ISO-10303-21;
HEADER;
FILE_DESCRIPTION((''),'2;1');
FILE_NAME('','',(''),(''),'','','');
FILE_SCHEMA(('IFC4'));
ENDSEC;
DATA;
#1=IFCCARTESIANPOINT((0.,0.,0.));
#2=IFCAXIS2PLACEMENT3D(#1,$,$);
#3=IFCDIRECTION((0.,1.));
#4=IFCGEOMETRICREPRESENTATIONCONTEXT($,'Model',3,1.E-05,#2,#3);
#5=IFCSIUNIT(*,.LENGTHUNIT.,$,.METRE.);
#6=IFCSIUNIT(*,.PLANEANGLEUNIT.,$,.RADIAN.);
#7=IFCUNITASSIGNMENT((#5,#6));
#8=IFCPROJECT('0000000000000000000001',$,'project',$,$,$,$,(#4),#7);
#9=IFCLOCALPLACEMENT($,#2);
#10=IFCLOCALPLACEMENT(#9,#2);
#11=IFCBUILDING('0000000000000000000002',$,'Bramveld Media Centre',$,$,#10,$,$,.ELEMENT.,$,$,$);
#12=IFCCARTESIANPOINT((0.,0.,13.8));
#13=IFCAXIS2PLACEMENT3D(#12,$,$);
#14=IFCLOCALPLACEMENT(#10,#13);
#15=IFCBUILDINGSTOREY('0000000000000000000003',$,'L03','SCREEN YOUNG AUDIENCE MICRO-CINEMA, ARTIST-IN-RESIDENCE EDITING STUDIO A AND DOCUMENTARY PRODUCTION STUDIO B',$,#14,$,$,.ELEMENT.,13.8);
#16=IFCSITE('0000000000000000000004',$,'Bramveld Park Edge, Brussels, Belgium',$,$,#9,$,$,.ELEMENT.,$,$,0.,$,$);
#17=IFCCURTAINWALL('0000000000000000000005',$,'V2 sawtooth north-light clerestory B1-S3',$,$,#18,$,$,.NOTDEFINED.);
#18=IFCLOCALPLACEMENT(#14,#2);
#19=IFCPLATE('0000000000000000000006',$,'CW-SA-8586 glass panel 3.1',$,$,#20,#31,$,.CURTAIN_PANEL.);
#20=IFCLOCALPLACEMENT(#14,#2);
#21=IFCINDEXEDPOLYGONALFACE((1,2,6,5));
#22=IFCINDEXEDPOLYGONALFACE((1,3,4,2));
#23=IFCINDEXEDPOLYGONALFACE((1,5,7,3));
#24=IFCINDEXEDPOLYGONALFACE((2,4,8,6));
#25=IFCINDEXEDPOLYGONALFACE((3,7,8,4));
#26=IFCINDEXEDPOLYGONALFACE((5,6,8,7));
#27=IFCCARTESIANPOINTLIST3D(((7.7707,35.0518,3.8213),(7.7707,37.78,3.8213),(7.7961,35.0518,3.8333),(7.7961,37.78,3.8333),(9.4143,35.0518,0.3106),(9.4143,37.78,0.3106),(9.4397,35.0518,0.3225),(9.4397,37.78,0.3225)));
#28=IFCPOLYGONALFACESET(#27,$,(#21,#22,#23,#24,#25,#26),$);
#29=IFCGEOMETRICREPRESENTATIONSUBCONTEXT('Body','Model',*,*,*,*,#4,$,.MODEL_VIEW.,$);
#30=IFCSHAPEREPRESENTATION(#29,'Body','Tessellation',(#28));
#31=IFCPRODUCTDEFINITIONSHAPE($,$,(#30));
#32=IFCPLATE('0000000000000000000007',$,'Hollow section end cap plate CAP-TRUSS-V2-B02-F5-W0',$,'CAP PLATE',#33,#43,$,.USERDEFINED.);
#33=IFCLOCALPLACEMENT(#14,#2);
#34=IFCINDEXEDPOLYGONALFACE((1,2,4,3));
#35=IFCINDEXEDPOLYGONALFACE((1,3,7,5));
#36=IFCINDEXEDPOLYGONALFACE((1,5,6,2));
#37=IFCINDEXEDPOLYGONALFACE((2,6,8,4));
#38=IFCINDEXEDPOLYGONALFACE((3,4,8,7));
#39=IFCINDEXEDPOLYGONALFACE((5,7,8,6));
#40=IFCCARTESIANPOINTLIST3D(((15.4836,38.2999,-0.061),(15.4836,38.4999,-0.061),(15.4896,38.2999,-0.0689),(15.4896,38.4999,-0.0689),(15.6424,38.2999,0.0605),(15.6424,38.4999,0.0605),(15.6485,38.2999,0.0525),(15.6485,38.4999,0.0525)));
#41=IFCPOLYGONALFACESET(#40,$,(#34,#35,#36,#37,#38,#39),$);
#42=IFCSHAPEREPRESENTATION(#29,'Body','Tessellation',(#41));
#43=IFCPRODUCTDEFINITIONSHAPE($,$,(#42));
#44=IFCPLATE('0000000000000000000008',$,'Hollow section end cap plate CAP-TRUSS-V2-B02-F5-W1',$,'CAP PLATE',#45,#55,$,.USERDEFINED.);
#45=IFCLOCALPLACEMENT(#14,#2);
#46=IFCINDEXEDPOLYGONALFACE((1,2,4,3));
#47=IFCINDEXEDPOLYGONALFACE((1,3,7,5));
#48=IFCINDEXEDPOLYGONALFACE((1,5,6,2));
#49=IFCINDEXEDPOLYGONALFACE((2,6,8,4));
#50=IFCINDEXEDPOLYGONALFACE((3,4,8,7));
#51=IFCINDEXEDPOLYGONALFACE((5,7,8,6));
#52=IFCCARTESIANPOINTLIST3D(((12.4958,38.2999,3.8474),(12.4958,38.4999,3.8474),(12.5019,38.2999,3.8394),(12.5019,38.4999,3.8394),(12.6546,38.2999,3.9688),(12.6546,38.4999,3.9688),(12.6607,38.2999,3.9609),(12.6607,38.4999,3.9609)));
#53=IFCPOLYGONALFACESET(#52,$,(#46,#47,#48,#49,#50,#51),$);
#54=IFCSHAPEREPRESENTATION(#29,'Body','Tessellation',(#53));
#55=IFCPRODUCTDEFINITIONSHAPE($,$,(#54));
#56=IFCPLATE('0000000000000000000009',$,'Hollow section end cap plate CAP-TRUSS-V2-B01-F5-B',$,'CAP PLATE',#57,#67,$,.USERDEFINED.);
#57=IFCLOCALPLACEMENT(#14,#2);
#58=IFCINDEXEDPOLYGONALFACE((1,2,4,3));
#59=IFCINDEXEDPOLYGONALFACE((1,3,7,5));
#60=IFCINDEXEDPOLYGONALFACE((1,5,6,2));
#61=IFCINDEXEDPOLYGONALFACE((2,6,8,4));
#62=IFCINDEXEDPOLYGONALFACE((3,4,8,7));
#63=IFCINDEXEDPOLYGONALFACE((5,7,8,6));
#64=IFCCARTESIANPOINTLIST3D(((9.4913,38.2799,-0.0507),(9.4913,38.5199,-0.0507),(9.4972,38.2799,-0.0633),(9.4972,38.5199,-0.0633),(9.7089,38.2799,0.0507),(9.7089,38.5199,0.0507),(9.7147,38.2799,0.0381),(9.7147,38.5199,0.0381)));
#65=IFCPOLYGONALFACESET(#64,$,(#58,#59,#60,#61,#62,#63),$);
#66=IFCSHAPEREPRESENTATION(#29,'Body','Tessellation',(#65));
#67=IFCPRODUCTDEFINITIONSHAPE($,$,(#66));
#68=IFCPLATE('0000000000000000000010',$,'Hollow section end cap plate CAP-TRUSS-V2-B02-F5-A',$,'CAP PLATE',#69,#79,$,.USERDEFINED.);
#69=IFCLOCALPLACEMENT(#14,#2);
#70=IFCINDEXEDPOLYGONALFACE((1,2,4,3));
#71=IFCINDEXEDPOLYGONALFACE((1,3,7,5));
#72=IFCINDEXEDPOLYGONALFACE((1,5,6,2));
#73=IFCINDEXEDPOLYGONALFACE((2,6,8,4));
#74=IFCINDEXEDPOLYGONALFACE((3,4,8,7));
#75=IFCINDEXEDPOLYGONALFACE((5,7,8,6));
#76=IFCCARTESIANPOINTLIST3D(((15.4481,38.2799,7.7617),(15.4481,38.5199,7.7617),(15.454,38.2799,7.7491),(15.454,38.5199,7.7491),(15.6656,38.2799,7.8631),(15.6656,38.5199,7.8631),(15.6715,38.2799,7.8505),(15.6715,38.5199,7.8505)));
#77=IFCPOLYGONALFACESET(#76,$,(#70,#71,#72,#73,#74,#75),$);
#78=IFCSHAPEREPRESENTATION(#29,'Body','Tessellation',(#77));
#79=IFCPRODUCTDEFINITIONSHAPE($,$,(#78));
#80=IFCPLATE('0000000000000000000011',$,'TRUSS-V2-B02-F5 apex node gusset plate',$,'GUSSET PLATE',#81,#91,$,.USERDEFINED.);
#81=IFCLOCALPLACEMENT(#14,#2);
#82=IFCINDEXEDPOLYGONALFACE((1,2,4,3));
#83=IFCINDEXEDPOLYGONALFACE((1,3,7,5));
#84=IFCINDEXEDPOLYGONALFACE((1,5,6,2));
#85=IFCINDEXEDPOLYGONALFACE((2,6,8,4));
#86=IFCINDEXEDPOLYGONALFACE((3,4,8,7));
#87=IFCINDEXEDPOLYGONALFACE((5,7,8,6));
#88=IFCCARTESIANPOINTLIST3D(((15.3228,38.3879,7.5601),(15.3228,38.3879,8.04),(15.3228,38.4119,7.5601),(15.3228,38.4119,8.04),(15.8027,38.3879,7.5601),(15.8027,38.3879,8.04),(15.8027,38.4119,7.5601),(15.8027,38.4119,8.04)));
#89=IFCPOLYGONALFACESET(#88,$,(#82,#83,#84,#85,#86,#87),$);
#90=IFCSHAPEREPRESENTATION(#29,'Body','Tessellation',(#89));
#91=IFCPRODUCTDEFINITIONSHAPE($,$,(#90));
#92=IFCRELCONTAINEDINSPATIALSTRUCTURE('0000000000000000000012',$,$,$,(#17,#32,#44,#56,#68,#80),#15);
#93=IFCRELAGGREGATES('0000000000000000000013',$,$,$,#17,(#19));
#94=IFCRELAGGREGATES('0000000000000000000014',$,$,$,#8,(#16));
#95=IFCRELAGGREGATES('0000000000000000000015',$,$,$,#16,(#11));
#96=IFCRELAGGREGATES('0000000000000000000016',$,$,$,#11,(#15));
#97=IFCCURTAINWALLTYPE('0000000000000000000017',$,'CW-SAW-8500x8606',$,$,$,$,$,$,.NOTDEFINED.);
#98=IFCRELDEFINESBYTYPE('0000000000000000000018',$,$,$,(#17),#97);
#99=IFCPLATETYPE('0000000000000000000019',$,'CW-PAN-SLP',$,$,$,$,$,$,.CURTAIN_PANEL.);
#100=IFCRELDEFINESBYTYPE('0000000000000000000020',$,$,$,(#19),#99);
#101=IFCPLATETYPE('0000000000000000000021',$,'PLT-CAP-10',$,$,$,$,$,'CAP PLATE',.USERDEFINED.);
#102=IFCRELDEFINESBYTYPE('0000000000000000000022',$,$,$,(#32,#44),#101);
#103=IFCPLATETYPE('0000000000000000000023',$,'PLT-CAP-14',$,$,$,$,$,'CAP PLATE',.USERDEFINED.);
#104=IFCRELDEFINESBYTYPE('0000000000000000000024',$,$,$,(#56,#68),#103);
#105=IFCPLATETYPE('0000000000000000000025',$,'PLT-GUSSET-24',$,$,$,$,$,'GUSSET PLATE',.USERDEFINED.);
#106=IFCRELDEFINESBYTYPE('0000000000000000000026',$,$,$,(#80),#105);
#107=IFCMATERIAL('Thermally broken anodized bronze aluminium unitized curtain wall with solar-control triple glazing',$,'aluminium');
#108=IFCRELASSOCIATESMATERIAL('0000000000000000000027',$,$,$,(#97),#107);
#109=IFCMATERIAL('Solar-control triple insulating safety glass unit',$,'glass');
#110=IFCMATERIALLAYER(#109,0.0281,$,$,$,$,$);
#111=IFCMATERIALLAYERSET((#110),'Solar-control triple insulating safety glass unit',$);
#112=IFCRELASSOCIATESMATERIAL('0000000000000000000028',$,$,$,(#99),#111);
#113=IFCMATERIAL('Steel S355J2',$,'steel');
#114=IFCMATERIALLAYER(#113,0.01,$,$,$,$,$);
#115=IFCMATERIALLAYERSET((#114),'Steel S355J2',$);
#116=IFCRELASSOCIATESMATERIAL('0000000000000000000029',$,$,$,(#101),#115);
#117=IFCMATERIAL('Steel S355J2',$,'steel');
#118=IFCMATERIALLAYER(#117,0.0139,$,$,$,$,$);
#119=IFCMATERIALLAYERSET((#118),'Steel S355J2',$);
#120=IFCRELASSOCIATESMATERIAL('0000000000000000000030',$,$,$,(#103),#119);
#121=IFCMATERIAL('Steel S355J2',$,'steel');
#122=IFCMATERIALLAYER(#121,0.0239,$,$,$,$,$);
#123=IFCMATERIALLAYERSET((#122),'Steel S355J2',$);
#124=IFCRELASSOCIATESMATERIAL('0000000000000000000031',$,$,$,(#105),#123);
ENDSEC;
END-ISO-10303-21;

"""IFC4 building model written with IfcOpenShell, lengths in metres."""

from ifc_helpers import new_model, si_unit, direction, frame, origin, origin_2d, place, context, subcontext, project, spatial, polyline, rectangle, outline, extrude, material, layer, layer_set, type_object, element, aggregate, save


model = new_model("IFC4")

# Units and contexts
model_context = context("Model", 3, precision=1e-05, world=origin(), true_north=direction((0.0, 1.0)))
body_context = subcontext(model_context, "Body", "Model", "MODEL_VIEW")
ifc_project = project(units=[si_unit("LENGTHUNIT", "METRE"), si_unit("PLANEANGLEUNIT", "RADIAN")], contexts=[model_context])

# Site, building, storey
site_placement = place(None, origin())
site = spatial("IfcSite", under=ifc_project, at=site_placement, Name="Bramveld Park Edge, Brussels, Belgium", CompositionType="ELEMENT", RefElevation=0.0)
building_placement = place(site_placement, origin())
building = spatial("IfcBuilding", under=site, at=building_placement, Name="Bramveld Media Centre", CompositionType="ELEMENT")
storey_placement = place(building_placement, frame((0.0, 0.0, 13.8)))
storey = spatial("IfcBuildingStorey", under=building, at=storey_placement, Name="L03", Description="SCREEN YOUNG AUDIENCE MICRO-CINEMA, ARTIST-IN-RESIDENCE EDITING STUDIO A AND DOCUMENTARY PRODUCTION STUDIO B", CompositionType="ELEMENT", Elevation=13.8)

# Curtain wall
ifc_material_1 = material(Name="Thermally broken anodized bronze aluminium unitized curtain wall with solar-control triple glazing", Category="aluminium")
curtain_wall_type = type_object("IfcCurtainWallType", Name="CW-SAW-8500x8606", PredefinedType="NOTDEFINED", material=ifc_material_1)
curtain_wall_1_placement = place(storey_placement, origin())
curtain_wall_1 = element("IfcCurtainWall", 1, at=curtain_wall_1_placement, inside=storey, type_object=curtain_wall_type, Name="V2 sawtooth north-light clerestory B1-S3", PredefinedType="NOTDEFINED")

# Plate
ifc_material_2 = material(Name="Solar-control triple insulating safety glass unit", Category="glass")
ifc_layer_1 = layer(ifc_material_2, 0.0281)
ifc_layer_set_1 = layer_set([ifc_layer_1], Name="Solar-control triple insulating safety glass unit")
plate_type_1 = type_object("IfcPlateType", Name="CW-PAN-SLP", PredefinedType="CURTAIN_PANEL", material=ifc_layer_set_1)
plate_1_placement = place(storey_placement, frame((9.4397, 35.0518, 0.3225), z_axis=(0.905668, 0.0, 0.423988), x_axis=(0.0, 1.0, 0.0)))
plate_1 = element("IfcPlate", 2, at=plate_1_placement, type_object=plate_type_1, Name="CW-SA-8586 glass panel 3.1", PredefinedType="CURTAIN_PANEL", context=body_context, shape_type="SweptSolid", body=[
    extrude(outline(polyline([(0.0, 0.0), (2.7283, 0.0), (2.7283, 3.8764), (0.0, 3.8764), (0.0, 0.0)])), origin(), (0.0, 0.0, -1.0), 0.0281),
])
aggregate(curtain_wall_1, [plate_1])

# Plates
ifc_material_3 = material(Name="Steel S355J2", Category="steel")
ifc_layer_2 = layer(ifc_material_3, 0.01)
ifc_layer_set_2 = layer_set([ifc_layer_2], Name="Steel S355J2")
plate_type_2 = type_object("IfcPlateType", Name="PLT-CAP-10", ElementType="CAP PLATE", PredefinedType="USERDEFINED", material=ifc_layer_set_2)
for number, where, z_axis, x_axis, name in (
    (3, (15.563, 38.3999, -0.0002), (0.607328, 0.0, -0.794451), (0.0, 1.0, 0.0), "Hollow section end cap plate CAP-TRUSS-V2-B02-F5-W0"),
    (4, (12.5813, 38.3999, 3.9001), (-0.607328, 0.0, 0.794451), (0.0, -1.0, 0.0), "Hollow section end cap plate CAP-TRUSS-V2-B02-F5-W1"),
):
    element("IfcPlate", number, at=place(storey_placement, frame(where, z_axis=z_axis, x_axis=x_axis)), inside=storey, type_object=plate_type_2, Name=name, ObjectType="CAP PLATE", PredefinedType="USERDEFINED", context=body_context, shape_type="SweptSolid", body=[
        extrude(rectangle(XDim=0.2, YDim=0.2, at=origin_2d()), origin(), (0.0, 0.0, 1.0), 0.01),
    ])
ifc_material_4 = material(Name="Steel S355J2", Category="steel")
ifc_layer_3 = layer(ifc_material_4, 0.0139)
ifc_layer_set_3 = layer_set([ifc_layer_3], Name="Steel S355J2")
plate_type_3 = type_object("IfcPlateType", Name="PLT-CAP-14", ElementType="CAP PLATE", PredefinedType="USERDEFINED", material=ifc_layer_set_3)
for number, where, z_axis, x_axis, name in (
    (5, (9.6001, 38.3999, 0.0), (0.422618, 0.0, -0.906308), (0.0, 1.0, 0.0), "Hollow section end cap plate CAP-TRUSS-V2-B01-F5-B"),
    (6, (15.5627, 38.3999, 7.7998), (-0.422618, 0.0, 0.906308), (0.0, -1.0, 0.0), "Hollow section end cap plate CAP-TRUSS-V2-B02-F5-A"),
):
    element("IfcPlate", number, at=place(storey_placement, frame(where, z_axis=z_axis, x_axis=x_axis)), inside=storey, type_object=plate_type_3, Name=name, ObjectType="CAP PLATE", PredefinedType="USERDEFINED", context=body_context, shape_type="SweptSolid", body=[
        extrude(rectangle(XDim=0.24, YDim=0.24, at=origin_2d()), origin(), (0.0, 0.0, 1.0), 0.0139),
    ])
ifc_material_5 = material(Name="Steel S355J2", Category="steel")
ifc_layer_4 = layer(ifc_material_5, 0.0239)
ifc_layer_set_4 = layer_set([ifc_layer_4], Name="Steel S355J2")
plate_type_4 = type_object("IfcPlateType", Name="PLT-GUSSET-24", ElementType="GUSSET PLATE", PredefinedType="USERDEFINED", material=ifc_layer_set_4)
plate_2_placement = place(storey_placement, frame((15.5627, 38.3999, 7.5601), z_axis=(0.0, 0.0, 1.0), x_axis=(1.0, 0.0, 0.0)))
element("IfcPlate", 7, at=plate_2_placement, inside=storey, type_object=plate_type_4, Name="TRUSS-V2-B02-F5 apex node gusset plate", ObjectType="GUSSET PLATE", PredefinedType="USERDEFINED", context=body_context, shape_type="SweptSolid", body=[
    extrude(rectangle(XDim=0.48, YDim=0.0239, at=origin_2d()), origin(), (0.0, 0.0, 1.0), 0.48),
])

save(model, "model.ifc")
